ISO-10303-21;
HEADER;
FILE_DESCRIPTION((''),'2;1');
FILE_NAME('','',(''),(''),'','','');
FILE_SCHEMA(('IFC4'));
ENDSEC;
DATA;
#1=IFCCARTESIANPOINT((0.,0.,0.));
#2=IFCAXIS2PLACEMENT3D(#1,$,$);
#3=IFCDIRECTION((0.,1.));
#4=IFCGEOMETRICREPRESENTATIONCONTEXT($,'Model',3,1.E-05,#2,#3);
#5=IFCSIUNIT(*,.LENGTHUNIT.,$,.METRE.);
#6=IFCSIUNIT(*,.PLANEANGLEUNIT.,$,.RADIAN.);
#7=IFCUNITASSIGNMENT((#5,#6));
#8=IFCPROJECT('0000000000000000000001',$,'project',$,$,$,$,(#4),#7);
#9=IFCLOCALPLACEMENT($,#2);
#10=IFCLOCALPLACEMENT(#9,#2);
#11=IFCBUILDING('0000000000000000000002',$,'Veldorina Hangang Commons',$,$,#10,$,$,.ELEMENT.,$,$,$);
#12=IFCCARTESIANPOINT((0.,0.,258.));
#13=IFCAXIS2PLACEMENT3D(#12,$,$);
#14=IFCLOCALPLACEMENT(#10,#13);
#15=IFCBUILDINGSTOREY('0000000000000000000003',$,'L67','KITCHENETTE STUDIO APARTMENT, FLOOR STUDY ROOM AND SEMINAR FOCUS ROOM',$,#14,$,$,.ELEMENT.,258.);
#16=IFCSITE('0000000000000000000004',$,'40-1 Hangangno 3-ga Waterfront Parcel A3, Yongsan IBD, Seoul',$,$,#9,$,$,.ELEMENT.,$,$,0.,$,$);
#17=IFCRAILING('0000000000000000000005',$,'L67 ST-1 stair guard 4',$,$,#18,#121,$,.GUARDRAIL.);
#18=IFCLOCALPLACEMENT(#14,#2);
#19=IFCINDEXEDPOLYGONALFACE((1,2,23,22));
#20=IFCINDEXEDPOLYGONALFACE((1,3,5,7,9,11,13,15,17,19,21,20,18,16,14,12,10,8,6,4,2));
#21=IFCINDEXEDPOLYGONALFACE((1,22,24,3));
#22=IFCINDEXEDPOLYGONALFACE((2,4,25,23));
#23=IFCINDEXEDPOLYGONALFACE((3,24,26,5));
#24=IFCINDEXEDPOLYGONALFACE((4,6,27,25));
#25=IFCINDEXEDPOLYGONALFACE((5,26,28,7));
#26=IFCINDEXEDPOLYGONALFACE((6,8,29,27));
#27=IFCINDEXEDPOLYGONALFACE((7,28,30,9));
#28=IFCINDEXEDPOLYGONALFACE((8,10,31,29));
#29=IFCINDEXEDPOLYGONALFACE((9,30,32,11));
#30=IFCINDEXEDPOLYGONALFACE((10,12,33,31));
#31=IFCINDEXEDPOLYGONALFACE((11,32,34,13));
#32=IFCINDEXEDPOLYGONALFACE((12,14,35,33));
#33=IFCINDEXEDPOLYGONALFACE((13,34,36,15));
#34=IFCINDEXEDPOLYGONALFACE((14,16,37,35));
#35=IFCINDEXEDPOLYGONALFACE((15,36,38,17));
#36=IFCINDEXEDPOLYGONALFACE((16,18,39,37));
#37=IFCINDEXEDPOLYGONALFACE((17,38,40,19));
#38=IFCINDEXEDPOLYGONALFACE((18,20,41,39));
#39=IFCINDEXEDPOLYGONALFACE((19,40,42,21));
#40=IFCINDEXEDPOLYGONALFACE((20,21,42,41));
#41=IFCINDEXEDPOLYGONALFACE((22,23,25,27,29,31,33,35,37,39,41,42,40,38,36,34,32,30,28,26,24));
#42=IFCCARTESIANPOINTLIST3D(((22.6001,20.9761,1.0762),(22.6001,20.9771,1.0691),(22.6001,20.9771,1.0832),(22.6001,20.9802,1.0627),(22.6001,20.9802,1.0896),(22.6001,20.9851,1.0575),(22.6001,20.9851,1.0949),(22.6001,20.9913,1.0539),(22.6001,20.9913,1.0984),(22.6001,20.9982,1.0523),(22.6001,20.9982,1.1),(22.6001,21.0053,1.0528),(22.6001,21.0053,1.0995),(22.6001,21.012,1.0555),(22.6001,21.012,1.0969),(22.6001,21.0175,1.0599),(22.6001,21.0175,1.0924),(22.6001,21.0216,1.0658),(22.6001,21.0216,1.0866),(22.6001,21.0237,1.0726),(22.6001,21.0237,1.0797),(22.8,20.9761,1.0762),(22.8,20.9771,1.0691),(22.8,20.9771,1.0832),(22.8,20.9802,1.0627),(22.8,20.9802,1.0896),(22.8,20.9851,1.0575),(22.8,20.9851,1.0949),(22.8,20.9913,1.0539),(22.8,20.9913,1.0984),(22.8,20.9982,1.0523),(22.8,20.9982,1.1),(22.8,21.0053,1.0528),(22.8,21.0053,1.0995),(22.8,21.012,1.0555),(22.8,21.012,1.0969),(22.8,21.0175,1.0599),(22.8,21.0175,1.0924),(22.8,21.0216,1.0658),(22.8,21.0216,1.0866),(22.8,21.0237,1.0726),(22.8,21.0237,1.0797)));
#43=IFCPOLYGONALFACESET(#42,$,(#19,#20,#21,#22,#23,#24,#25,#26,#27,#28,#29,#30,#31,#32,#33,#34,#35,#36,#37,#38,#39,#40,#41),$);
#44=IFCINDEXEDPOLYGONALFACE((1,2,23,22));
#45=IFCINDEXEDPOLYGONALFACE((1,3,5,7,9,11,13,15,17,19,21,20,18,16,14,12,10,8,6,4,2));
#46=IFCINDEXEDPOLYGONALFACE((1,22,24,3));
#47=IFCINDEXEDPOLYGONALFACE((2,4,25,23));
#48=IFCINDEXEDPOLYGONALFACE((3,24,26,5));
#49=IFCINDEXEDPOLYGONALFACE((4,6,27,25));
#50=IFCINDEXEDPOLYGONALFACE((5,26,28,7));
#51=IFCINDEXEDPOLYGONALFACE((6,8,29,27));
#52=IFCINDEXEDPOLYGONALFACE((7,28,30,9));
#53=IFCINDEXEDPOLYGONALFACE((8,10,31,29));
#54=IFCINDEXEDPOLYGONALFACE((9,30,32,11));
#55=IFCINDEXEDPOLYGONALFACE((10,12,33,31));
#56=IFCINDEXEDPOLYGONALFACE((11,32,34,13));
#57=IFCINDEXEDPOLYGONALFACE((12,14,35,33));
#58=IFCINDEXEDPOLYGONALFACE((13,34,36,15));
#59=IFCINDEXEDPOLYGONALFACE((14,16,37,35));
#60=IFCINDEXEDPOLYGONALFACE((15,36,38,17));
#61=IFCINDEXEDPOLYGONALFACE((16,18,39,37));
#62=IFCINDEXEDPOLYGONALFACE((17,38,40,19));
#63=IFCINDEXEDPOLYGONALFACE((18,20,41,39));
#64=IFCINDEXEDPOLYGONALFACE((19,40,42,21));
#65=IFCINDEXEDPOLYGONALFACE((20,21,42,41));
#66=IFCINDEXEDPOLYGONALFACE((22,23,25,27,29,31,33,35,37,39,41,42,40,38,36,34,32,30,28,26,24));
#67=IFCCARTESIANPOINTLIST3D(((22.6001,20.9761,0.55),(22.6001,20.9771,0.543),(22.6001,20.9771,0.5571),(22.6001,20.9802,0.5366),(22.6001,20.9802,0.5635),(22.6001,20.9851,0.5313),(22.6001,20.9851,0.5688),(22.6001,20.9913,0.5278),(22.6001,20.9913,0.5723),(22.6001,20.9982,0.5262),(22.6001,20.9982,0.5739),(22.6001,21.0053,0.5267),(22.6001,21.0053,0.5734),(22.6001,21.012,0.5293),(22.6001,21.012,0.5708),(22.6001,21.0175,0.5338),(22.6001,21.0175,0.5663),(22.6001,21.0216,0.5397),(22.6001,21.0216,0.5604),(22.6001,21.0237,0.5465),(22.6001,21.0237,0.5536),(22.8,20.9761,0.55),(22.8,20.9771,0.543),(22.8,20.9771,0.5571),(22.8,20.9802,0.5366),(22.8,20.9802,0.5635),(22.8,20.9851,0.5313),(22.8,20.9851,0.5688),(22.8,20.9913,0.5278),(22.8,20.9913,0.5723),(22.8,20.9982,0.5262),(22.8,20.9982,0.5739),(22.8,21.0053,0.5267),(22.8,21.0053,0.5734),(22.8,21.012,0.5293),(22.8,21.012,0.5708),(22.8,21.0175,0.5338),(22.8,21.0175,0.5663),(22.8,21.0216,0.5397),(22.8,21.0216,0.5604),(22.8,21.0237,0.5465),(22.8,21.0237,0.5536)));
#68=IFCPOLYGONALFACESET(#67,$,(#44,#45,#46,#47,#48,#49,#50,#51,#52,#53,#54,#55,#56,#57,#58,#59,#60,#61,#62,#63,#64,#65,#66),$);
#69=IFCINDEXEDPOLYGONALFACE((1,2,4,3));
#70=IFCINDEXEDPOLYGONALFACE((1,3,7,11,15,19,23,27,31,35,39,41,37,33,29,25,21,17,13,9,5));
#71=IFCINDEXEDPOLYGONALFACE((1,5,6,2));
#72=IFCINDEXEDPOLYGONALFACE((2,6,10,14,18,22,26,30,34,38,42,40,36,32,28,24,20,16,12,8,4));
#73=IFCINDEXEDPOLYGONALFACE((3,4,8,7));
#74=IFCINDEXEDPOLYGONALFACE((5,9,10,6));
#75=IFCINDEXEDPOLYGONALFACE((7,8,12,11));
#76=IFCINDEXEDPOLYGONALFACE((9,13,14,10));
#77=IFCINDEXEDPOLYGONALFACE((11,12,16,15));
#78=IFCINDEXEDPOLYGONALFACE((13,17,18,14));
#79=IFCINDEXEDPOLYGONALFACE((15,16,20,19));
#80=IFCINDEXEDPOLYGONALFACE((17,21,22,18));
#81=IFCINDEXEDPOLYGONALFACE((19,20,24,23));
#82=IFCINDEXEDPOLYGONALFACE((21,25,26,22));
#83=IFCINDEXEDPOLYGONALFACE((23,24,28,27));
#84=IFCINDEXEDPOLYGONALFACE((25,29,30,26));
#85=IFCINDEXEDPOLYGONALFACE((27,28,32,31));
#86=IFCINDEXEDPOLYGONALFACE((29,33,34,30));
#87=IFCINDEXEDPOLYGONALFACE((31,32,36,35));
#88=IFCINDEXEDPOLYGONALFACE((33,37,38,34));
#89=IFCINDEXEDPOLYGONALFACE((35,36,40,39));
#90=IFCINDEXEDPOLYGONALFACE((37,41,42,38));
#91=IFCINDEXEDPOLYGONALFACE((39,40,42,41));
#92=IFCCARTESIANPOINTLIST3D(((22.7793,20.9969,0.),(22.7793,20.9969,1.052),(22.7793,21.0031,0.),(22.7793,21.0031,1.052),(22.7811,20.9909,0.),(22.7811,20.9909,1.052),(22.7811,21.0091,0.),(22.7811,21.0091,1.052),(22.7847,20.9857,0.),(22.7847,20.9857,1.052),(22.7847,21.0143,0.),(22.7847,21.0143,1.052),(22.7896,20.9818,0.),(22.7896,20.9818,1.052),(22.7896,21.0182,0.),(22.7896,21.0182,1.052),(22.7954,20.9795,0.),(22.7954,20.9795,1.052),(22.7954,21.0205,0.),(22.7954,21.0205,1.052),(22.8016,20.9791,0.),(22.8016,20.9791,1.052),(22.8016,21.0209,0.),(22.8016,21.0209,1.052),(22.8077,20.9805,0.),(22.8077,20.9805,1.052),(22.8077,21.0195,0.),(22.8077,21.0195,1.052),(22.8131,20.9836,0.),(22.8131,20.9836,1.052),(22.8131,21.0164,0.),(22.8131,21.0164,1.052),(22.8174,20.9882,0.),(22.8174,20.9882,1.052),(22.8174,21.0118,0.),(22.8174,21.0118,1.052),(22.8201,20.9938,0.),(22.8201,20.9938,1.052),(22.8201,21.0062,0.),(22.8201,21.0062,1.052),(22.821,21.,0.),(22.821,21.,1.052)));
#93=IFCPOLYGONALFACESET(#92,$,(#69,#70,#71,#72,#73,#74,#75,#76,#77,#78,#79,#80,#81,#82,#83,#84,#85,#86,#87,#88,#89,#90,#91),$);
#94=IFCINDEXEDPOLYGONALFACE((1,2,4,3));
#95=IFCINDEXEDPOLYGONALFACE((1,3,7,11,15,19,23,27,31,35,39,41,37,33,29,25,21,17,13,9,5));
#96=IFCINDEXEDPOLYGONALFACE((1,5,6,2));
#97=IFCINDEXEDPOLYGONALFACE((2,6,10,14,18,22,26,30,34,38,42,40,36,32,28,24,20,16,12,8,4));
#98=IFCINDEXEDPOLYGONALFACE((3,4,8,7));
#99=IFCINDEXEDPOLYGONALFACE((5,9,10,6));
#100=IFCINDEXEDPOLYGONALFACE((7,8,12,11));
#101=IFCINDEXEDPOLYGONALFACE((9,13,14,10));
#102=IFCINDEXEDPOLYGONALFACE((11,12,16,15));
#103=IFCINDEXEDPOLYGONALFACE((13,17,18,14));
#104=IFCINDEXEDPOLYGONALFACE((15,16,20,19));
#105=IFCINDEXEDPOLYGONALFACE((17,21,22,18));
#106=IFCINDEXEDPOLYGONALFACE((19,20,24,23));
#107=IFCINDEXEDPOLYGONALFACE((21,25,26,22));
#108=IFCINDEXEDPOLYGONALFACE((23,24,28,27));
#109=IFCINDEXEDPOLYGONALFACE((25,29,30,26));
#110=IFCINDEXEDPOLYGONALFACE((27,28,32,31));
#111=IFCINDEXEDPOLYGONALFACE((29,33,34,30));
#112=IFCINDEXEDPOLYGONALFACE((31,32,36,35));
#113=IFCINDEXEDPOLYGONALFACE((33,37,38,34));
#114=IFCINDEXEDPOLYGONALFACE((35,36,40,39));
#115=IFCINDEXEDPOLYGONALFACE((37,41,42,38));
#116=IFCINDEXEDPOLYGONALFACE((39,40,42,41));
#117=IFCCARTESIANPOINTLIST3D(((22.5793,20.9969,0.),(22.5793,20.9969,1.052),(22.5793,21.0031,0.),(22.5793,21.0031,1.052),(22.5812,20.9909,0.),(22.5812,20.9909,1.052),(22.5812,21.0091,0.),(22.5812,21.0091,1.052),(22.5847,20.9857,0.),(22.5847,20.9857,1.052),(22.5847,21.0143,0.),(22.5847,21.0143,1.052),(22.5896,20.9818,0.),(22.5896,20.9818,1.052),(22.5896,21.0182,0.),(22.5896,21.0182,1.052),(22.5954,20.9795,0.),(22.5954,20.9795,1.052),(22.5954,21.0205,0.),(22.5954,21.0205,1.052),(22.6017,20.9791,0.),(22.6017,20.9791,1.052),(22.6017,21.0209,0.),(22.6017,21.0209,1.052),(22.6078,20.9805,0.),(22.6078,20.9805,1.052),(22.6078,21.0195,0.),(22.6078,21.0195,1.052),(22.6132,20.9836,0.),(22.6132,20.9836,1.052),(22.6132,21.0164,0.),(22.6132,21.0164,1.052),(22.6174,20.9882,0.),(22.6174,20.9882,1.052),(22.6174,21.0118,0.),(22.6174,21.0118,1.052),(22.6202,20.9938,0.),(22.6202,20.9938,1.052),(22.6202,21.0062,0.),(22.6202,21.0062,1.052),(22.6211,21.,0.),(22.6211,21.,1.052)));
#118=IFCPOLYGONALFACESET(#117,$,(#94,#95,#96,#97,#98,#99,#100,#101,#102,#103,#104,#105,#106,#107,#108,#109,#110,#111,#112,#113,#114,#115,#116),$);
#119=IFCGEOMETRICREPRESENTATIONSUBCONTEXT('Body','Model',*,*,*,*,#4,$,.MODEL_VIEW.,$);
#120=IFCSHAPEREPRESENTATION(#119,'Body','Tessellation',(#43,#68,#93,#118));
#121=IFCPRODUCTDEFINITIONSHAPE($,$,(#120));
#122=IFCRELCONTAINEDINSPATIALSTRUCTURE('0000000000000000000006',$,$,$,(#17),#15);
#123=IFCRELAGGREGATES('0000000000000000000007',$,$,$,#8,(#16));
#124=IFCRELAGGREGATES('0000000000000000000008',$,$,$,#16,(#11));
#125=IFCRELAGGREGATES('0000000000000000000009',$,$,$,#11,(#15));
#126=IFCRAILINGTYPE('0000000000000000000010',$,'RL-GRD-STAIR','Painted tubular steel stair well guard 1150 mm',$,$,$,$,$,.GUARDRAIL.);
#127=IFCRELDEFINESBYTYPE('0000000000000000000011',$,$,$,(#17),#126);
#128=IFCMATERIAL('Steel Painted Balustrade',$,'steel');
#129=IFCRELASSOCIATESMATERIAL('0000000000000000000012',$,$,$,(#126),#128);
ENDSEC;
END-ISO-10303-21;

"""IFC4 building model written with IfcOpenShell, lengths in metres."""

from ifc_helpers import new_model, si_unit, direction, frame, origin, origin_2d, place, context, subcontext, project, spatial, circle, extrude, material, type_object, element, save


model = new_model("IFC4")

# Units and contexts
model_context = context("Model", 3, precision=1e-05, world=origin(), true_north=direction((0.0, 1.0)))
body_context = subcontext(model_context, "Body", "Model", "MODEL_VIEW")
ifc_project = project(units=[si_unit("LENGTHUNIT", "METRE"), si_unit("PLANEANGLEUNIT", "RADIAN")], contexts=[model_context])

# Site, building, storey
site_placement = place(None, origin())
site = spatial("IfcSite", under=ifc_project, at=site_placement, Name="40-1 Hangangno 3-ga Waterfront Parcel A3, Yongsan IBD, Seoul", CompositionType="ELEMENT", RefElevation=0.0)
building_placement = place(site_placement, origin())
building = spatial("IfcBuilding", under=site, at=building_placement, Name="Veldorina Hangang Commons", CompositionType="ELEMENT")
storey_placement = place(building_placement, frame((0.0, 0.0, 258.0)))
storey = spatial("IfcBuildingStorey", under=building, at=storey_placement, Name="L67", Description="KITCHENETTE STUDIO APARTMENT, FLOOR STUDY ROOM AND SEMINAR FOCUS ROOM", CompositionType="ELEMENT", Elevation=258.0)

# Railing
ifc_material_1 = material(Name="Steel Painted Balustrade", Category="steel")
railing_type_1 = type_object("IfcRailingType", Name="RL-GRD-STAIR", Description="Painted tubular steel stair well guard 1150 mm", PredefinedType="GUARDRAIL", material=ifc_material_1)
railing_1_placement = place(storey_placement, frame((22.8, 21.0, 0.0)))
element("IfcRailing", 1, at=railing_1_placement, inside=storey, type_object=railing_type_1, Name="L67 ST-1 stair guard 4", PredefinedType="GUARDRAIL", context=body_context, shape_type="SweptSolid", body=[
    extrude(circle(Radius=0.0239, at=origin_2d()), frame((0.0, 0.0, 1.0762), z_axis=(-1.0, 0.0, 0.0), x_axis=(0.0, -1.0, 0.0)), (0.0, 0.0, 1.0), 0.2),
    extrude(circle(Radius=0.0239, at=origin_2d()), frame((0.0, 0.0, 0.55), z_axis=(-1.0, 0.0, 0.0), x_axis=(0.0, -1.0, 0.0)), (0.0, 0.0, 1.0), 0.2),
    extrude(circle(Radius=0.021, at=origin_2d()), origin(), (0.0, 0.0, 1.0), 1.052),
    extrude(circle(Radius=0.021, at=origin_2d()), frame((-0.2, 0.0, 0.0)), (0.0, 0.0, 1.0), 1.052),
])

save(model, "model.ifc")
